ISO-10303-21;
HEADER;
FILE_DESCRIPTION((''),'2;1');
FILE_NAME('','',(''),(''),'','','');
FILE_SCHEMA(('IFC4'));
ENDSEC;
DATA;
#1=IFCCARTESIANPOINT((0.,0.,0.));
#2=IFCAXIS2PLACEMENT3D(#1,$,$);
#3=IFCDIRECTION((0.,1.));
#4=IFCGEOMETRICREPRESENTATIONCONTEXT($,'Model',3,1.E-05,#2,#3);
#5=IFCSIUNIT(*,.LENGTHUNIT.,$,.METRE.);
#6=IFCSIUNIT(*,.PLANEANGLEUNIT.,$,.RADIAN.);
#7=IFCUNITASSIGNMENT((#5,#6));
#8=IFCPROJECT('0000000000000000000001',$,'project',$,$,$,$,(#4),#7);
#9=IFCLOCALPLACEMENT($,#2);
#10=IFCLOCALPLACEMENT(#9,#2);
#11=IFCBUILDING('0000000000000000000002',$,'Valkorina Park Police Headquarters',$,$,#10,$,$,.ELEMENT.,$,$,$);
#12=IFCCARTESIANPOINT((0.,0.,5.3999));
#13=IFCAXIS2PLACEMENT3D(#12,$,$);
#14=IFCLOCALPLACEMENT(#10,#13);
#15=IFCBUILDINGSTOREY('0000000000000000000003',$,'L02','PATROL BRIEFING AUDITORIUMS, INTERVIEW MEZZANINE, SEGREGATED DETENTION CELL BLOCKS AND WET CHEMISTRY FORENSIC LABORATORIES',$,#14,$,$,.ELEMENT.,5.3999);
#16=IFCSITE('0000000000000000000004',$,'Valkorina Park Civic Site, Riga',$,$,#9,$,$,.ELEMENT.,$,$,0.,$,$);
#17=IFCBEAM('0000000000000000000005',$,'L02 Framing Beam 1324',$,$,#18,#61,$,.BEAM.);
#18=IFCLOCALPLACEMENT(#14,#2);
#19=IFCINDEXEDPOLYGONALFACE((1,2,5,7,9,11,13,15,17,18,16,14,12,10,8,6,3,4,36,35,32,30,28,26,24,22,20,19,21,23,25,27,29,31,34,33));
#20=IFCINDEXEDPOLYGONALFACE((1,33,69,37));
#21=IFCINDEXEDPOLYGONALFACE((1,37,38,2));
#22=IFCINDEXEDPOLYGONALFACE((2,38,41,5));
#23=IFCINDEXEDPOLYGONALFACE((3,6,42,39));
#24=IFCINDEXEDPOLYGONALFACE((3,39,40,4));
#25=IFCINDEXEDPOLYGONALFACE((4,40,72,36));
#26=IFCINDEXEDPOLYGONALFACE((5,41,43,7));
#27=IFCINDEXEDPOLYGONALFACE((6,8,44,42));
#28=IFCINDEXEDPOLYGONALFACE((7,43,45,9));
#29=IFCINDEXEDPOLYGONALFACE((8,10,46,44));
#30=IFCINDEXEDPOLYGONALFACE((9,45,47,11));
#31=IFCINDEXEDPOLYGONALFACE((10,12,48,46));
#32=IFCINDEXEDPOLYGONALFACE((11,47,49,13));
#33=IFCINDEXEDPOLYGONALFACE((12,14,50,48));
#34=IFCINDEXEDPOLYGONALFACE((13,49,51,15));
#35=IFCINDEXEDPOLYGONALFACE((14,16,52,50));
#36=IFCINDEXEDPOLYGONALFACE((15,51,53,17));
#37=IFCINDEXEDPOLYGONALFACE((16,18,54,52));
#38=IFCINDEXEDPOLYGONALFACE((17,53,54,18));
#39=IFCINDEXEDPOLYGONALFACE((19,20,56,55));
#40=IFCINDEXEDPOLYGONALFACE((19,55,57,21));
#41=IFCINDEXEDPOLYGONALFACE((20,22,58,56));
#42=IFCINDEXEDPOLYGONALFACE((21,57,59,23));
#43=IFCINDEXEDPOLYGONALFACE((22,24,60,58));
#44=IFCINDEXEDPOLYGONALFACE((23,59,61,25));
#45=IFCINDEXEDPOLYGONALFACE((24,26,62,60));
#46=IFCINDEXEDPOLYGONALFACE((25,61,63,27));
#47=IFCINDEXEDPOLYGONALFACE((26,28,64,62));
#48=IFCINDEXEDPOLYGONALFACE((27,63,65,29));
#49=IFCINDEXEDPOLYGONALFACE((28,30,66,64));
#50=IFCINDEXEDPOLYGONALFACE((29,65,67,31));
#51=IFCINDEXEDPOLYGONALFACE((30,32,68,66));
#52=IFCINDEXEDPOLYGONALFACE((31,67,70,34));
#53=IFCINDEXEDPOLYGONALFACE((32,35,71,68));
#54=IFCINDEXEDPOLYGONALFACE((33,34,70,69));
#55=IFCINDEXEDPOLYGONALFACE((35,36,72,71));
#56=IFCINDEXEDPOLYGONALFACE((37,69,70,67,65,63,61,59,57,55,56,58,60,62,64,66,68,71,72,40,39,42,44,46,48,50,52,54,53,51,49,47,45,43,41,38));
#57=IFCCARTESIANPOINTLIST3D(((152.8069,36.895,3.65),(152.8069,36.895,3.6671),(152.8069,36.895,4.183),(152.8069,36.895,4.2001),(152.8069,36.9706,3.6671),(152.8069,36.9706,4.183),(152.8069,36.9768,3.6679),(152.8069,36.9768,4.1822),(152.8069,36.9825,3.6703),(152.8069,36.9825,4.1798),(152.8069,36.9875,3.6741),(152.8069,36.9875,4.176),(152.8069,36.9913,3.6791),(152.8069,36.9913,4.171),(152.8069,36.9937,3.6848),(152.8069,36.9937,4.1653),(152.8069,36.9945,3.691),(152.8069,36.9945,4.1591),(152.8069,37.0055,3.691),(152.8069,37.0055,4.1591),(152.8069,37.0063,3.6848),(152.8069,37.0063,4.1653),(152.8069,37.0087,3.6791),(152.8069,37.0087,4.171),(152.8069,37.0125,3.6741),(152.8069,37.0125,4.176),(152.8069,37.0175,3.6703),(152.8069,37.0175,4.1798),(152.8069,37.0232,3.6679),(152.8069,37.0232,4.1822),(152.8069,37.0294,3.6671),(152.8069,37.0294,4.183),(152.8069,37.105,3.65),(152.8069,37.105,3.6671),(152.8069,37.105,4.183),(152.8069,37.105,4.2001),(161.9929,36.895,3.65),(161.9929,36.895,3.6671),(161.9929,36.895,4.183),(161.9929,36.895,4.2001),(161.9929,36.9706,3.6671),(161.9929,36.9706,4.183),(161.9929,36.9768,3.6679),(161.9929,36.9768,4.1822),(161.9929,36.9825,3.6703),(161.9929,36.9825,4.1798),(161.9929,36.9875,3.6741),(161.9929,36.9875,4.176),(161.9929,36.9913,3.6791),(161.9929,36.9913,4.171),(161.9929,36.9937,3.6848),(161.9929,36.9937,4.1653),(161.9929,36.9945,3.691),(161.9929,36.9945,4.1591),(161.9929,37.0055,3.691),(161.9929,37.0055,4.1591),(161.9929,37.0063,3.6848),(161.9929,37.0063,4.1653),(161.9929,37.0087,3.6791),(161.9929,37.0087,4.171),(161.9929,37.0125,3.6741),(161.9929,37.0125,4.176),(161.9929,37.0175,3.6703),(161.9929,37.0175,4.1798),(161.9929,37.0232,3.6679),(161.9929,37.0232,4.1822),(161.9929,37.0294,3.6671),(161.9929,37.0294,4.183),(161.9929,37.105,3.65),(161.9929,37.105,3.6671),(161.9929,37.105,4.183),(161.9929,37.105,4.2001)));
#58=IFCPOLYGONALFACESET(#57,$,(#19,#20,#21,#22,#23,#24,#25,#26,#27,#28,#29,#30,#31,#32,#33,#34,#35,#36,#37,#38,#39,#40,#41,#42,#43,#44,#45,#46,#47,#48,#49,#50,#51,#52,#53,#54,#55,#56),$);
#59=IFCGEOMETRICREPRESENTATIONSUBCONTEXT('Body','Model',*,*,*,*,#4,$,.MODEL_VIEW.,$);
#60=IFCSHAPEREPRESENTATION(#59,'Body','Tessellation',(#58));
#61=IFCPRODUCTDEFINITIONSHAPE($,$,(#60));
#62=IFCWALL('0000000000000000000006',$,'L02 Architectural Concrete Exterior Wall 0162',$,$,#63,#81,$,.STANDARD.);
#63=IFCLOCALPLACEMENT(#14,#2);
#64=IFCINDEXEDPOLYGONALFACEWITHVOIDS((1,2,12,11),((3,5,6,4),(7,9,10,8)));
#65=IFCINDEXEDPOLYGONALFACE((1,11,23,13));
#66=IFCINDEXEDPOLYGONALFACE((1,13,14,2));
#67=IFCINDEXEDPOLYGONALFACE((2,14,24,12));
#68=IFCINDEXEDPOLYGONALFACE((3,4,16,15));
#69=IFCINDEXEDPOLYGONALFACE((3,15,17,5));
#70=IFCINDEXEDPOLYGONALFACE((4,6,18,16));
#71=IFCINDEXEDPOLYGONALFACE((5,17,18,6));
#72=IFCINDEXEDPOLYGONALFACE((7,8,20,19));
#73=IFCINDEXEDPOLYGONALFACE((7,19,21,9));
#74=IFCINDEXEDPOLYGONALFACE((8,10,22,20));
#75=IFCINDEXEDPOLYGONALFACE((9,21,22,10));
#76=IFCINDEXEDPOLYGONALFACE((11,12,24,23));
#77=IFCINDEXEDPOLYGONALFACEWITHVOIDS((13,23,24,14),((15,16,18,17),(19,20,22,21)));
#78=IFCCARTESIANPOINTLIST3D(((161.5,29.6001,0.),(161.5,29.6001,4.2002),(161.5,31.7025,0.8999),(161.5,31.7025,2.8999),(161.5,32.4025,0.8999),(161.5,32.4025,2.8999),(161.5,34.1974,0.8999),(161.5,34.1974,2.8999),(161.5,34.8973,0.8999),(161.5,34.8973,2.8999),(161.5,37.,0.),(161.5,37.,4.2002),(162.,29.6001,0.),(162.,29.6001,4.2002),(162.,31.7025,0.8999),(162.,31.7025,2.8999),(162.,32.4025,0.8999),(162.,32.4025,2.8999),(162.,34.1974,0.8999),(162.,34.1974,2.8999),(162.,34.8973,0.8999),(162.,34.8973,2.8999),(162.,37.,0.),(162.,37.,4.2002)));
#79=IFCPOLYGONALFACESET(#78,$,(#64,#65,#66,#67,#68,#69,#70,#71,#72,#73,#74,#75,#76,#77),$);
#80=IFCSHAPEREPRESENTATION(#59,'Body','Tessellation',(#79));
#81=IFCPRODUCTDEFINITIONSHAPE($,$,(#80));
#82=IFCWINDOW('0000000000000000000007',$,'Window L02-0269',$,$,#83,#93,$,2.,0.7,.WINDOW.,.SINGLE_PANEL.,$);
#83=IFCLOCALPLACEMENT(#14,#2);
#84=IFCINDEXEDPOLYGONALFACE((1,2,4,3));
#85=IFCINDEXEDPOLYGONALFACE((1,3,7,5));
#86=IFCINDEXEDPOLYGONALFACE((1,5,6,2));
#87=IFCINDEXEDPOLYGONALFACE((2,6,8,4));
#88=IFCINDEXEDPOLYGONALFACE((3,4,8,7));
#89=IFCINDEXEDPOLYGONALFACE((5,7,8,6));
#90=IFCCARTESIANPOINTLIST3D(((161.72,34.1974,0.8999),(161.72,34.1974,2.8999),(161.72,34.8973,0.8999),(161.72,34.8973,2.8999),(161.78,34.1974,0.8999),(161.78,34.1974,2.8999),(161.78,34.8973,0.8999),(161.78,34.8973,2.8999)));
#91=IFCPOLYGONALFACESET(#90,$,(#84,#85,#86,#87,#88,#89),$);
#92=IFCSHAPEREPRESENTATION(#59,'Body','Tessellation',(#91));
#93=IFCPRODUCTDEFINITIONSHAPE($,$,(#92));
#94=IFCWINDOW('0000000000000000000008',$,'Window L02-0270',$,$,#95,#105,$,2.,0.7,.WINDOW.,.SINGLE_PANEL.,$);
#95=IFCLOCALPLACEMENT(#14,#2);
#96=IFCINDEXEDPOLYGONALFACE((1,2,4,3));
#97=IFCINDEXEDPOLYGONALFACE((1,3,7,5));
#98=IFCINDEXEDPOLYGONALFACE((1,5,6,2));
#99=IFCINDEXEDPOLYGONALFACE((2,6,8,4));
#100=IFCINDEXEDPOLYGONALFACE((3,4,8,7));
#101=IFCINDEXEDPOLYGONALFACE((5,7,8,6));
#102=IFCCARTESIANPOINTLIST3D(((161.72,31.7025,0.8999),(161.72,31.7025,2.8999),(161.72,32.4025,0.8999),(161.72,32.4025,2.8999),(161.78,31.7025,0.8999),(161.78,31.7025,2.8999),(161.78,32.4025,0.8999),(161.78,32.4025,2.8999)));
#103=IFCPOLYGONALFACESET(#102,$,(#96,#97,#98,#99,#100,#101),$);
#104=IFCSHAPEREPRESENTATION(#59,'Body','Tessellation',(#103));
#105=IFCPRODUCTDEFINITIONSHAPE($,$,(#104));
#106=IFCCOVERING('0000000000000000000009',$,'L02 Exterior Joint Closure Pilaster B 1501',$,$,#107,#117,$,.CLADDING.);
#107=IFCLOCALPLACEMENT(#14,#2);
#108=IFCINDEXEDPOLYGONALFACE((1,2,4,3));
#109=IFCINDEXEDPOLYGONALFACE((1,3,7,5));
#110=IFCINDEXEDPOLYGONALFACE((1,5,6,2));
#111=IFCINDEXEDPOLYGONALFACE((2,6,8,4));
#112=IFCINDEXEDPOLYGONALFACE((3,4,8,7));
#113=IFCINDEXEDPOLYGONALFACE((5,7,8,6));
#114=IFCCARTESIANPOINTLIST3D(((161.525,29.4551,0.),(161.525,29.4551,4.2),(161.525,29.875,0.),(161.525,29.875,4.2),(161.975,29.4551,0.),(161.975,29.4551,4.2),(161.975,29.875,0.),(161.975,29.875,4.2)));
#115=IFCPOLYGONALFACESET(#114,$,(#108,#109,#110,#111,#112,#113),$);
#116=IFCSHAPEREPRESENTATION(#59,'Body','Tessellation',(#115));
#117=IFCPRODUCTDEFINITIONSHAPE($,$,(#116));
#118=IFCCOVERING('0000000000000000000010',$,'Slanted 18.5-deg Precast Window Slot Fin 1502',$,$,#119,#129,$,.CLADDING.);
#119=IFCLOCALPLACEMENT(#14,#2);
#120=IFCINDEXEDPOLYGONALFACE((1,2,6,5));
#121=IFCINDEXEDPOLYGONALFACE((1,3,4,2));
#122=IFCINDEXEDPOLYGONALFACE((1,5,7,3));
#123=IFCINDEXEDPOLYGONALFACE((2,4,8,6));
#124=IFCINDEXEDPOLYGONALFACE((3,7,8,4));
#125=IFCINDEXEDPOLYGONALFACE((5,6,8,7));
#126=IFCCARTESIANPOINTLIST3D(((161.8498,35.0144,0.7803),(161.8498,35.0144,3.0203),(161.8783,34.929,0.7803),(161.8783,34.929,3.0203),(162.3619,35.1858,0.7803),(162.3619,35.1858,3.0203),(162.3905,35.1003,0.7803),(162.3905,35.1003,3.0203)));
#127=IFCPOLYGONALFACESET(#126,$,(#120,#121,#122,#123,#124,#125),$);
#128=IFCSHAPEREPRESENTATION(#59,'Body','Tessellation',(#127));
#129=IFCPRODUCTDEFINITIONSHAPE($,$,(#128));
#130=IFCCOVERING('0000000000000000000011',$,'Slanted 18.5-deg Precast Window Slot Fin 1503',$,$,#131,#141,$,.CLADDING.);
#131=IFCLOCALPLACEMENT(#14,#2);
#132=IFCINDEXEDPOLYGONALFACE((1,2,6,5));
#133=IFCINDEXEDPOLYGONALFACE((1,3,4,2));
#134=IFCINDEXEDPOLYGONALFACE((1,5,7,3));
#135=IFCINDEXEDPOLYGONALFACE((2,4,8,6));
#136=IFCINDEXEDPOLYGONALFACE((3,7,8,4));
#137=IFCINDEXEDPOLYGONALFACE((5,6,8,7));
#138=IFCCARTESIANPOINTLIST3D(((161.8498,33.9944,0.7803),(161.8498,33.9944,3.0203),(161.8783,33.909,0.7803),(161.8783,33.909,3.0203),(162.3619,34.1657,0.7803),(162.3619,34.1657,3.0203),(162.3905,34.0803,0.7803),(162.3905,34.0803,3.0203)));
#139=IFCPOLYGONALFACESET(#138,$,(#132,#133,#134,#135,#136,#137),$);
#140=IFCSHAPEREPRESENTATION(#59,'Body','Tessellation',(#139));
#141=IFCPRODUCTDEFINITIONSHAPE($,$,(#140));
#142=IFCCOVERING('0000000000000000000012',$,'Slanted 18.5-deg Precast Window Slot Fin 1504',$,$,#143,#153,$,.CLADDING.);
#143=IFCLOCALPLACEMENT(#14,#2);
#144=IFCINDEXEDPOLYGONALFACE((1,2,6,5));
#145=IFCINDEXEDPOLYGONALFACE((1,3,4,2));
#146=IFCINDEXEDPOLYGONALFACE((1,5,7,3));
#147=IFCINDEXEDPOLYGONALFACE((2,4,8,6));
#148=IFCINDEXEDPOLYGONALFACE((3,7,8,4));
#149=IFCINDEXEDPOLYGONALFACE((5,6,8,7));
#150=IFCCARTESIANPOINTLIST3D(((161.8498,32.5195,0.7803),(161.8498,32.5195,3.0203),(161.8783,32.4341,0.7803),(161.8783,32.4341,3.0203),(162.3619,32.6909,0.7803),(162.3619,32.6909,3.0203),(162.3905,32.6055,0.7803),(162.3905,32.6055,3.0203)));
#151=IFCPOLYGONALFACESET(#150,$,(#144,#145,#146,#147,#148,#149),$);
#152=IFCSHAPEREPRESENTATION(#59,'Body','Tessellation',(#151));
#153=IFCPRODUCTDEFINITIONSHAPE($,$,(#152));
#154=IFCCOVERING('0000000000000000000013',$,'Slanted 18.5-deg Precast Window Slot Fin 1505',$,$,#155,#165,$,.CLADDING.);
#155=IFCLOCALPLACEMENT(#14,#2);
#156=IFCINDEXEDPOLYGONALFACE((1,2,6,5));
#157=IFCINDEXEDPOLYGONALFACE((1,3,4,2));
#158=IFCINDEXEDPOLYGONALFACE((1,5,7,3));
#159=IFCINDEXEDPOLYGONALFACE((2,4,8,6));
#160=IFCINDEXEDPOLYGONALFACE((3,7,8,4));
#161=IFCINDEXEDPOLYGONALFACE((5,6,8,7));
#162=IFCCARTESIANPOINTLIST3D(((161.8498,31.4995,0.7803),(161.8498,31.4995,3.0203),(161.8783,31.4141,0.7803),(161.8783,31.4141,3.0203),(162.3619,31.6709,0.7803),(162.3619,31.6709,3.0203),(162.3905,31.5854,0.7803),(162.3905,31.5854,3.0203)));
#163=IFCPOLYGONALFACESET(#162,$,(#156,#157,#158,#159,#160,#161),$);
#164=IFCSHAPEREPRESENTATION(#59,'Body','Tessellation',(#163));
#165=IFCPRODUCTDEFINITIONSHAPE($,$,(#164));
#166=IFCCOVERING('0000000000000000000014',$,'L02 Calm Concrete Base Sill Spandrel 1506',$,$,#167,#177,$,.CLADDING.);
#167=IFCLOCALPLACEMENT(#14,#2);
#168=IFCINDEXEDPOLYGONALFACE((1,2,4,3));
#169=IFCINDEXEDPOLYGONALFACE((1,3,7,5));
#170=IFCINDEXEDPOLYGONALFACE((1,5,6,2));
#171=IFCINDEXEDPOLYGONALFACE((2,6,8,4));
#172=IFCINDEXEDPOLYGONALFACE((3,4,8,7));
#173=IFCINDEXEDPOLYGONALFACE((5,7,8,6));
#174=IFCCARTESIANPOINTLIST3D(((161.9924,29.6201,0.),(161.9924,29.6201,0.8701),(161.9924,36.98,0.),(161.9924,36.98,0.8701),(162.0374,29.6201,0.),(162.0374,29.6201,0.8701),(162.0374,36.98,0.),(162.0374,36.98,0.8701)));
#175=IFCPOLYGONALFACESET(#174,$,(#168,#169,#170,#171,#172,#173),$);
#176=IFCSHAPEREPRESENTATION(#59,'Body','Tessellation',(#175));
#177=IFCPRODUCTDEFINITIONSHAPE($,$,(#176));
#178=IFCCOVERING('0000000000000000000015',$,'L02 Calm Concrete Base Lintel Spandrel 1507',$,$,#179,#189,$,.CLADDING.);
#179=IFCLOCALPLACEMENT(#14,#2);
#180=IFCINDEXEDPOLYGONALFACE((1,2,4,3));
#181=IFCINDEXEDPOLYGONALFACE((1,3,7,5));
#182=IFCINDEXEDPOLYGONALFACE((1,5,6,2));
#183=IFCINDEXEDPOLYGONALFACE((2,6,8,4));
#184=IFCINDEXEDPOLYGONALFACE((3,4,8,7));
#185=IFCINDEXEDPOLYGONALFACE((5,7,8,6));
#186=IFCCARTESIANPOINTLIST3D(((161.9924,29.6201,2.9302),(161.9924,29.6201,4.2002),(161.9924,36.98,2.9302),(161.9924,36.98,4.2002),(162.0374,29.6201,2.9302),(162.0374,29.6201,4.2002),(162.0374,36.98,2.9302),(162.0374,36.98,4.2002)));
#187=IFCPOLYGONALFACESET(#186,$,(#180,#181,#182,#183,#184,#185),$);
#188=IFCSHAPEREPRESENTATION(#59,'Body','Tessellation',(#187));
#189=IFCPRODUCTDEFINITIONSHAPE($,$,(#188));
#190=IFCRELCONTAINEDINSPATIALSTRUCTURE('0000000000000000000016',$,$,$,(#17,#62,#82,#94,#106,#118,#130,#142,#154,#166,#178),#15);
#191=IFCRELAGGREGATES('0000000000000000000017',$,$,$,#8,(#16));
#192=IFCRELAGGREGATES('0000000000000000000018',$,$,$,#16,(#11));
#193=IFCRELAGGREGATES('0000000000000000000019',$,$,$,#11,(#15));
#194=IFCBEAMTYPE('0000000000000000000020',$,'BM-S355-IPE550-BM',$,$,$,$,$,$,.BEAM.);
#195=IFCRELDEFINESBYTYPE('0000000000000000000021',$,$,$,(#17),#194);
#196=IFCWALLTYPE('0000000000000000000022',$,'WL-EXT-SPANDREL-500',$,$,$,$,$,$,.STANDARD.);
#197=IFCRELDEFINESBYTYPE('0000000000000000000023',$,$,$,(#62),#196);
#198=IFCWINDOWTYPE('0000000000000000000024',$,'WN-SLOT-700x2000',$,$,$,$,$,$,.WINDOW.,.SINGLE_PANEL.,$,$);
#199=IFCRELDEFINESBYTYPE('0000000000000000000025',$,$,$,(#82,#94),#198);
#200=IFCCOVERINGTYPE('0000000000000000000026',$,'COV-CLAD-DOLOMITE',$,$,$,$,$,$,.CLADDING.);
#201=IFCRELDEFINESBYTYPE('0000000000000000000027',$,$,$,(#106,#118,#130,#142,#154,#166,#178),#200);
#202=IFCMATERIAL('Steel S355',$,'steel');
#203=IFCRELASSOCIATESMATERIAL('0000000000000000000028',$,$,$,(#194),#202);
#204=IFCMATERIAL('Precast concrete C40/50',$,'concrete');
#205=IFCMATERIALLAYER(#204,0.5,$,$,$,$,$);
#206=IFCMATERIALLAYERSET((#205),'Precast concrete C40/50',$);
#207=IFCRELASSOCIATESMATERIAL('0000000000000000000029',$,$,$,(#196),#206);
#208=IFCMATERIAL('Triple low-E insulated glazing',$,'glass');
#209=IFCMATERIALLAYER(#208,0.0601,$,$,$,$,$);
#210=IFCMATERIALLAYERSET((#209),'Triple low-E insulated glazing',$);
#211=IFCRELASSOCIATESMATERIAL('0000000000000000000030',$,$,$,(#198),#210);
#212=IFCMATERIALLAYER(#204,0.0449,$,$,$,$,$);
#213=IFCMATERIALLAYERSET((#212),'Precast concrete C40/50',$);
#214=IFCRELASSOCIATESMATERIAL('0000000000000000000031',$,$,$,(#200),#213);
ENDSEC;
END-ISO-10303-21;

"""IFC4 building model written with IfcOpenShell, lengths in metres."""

from ifc_helpers import new_model, si_unit, direction, frame, frame_2d, origin, origin_2d, place, context, subcontext, project, spatial, rectangle, i_section, extrude, material, layer, layer_set, material_profile, profile_set, type_object, element, fill, save


model = new_model("IFC4")

# Units and contexts
model_context = context("Model", 3, precision=1e-05, world=origin(), true_north=direction((0.0, 1.0)))
body_context = subcontext(model_context, "Body", "Model", "MODEL_VIEW")
ifc_project = project(units=[si_unit("LENGTHUNIT", "METRE"), si_unit("PLANEANGLEUNIT", "RADIAN")], contexts=[model_context])

# Site, building, storey
site_placement = place(None, origin())
site = spatial("IfcSite", under=ifc_project, at=site_placement, Name="Valkorina Park Civic Site, Riga", CompositionType="ELEMENT", RefElevation=0.0)
building_placement = place(site_placement, origin())
building = spatial("IfcBuilding", under=site, at=building_placement, Name="Valkorina Park Police Headquarters", CompositionType="ELEMENT")
storey_placement = place(building_placement, frame((0.0, 0.0, 5.3999)))
storey = spatial("IfcBuildingStorey", under=building, at=storey_placement, Name="L02", Description="PATROL BRIEFING AUDITORIUMS, INTERVIEW MEZZANINE, SEGREGATED DETENTION CELL BLOCKS AND WET CHEMISTRY FORENSIC LABORATORIES", CompositionType="ELEMENT", Elevation=5.3999)

# Shared definitions
ifc_material_1 = material(Name="Steel S355", Category="steel")

# Beam
ifc_material_profile_1 = material_profile(ifc_material_1, i_section(OverallWidth=0.21, OverallDepth=0.55, WebThickness=0.011, FlangeThickness=0.0171, FilletRadius=0.0239, at=origin_2d()), Name="IPE 550")
ifc_profile_set_1 = profile_set([ifc_material_profile_1], Name="Steel S355")
beam_type_1 = type_object("IfcBeamType", Name="BM-S355-IPE550-BM", PredefinedType="BEAM", material=ifc_profile_set_1)
beam_1_placement = place(storey_placement, frame((152.8069, 37.0, 3.925), z_axis=(1.0, 0.0, 0.0), x_axis=(0.0, 1.0, 0.0)))
element("IfcBeam", 1, at=beam_1_placement, inside=storey, type_object=beam_type_1, Name="L02 Framing Beam 1324", PredefinedType="BEAM", context=body_context, shape_type="SweptSolid", body=[
    extrude(i_section(OverallWidth=0.21, OverallDepth=0.55, WebThickness=0.011, FlangeThickness=0.0171, FilletRadius=0.0239, at=origin_2d()), origin(), (0.0, 0.0, 1.0), 9.186),
])

# Wall, openings, windows
ifc_material_2 = material(Name="Precast concrete C40/50", Category="concrete")
ifc_layer_1 = layer(ifc_material_2, 0.5)
ifc_layer_set_1 = layer_set([ifc_layer_1], Name="Precast concrete C40/50")
wall_type = type_object("IfcWallType", Name="WL-EXT-SPANDREL-500", PredefinedType="STANDARD", material=ifc_layer_set_1)
wall_placement = place(storey_placement, frame((161.75, 37.0, 0.0), z_axis=(0.0, 0.0, 1.0), x_axis=(0.0, -1.0, 0.0)))
wall = element("IfcWall", 2, at=wall_placement, inside=storey, type_object=wall_type, Name="L02 Architectural Concrete Exterior Wall 0162", PredefinedType="STANDARD", context=body_context, shape_type="SweptSolid", body=[
    extrude(rectangle(XDim=7.3999, YDim=0.5, at=frame_2d((3.7, 0.0))), origin(), (0.0, 0.0, 1.0), 4.2002),
])
opening_1_placement = place(wall_placement, frame((2.1025, 0.0, 0.8999)))
opening_1 = element("IfcOpeningElement", 3, at=opening_1_placement, cuts=wall, PredefinedType="OPENING", context=body_context, shape_type="SweptSolid", body=[
    extrude(rectangle(XDim=0.7, YDim=2.0, at=frame_2d((0.3501, 1.0))), frame((0.0, 0.26, 0.0), z_axis=(0.0, -1.0, 0.0), x_axis=(1.0, 0.0, 0.0)), (0.0, 0.0, 1.0), 0.52),
])
opening_2_placement = place(wall_placement, frame((4.5974, 0.0, 0.8999)))
opening_2 = element("IfcOpeningElement", 4, at=opening_2_placement, cuts=wall, PredefinedType="OPENING", context=body_context, shape_type="SweptSolid", body=[
    extrude(rectangle(XDim=0.7, YDim=2.0, at=frame_2d((0.3501, 1.0))), frame((0.0, 0.26, 0.0), z_axis=(0.0, -1.0, 0.0), x_axis=(1.0, 0.0, 0.0)), (0.0, 0.0, 1.0), 0.52),
])
ifc_material_3 = material(Name="Triple low-E insulated glazing", Category="glass")
ifc_layer_2 = layer(ifc_material_3, 0.0601)
ifc_layer_set_2 = layer_set([ifc_layer_2], Name="Triple low-E insulated glazing")
window_type = type_object("IfcWindowType", Name="WN-SLOT-700x2000", PartitioningType="SINGLE_PANEL", PredefinedType="WINDOW", material=ifc_layer_set_2)
window_1_placement = place(opening_1_placement, origin())
window_1 = element("IfcWindow", 5, at=window_1_placement, inside=storey, type_object=window_type, Name="Window L02-0269", OverallHeight=2.0, OverallWidth=0.7, PartitioningType="SINGLE_PANEL", PredefinedType="WINDOW", context=body_context, shape_type="SweptSolid", body=[
    extrude(rectangle(XDim=0.7, YDim=2.0, at=frame_2d((0.3501, 1.0))), frame((0.0, 0.03, 0.0), z_axis=(0.0, -1.0, 0.0), x_axis=(1.0, 0.0, 0.0)), (0.0, 0.0, 1.0), 0.0601),
])
fill(opening_1, window_1)
window_2_placement = place(opening_2_placement, origin())
window_2 = element("IfcWindow", 6, at=window_2_placement, inside=storey, type_object=window_type, Name="Window L02-0270", OverallHeight=2.0, OverallWidth=0.7, PartitioningType="SINGLE_PANEL", PredefinedType="WINDOW", context=body_context, shape_type="SweptSolid", body=[
    extrude(rectangle(XDim=0.7, YDim=2.0, at=frame_2d((0.3501, 1.0))), frame((0.0, 0.03, 0.0), z_axis=(0.0, -1.0, 0.0), x_axis=(1.0, 0.0, 0.0)), (0.0, 0.0, 1.0), 0.0601),
])
fill(opening_2, window_2)

# Coverings
ifc_layer_3 = layer(ifc_material_2, 0.0449)
ifc_layer_set_3 = layer_set([ifc_layer_3], Name="Precast concrete C40/50")
covering_type = type_object("IfcCoveringType", Name="COV-CLAD-DOLOMITE", PredefinedType="CLADDING", material=ifc_layer_set_3)
covering_1_placement = place(storey_placement, frame((161.75, 29.665, 0.0), z_axis=(0.0, 0.0, 1.0), x_axis=(0.0, 1.0, 0.0)))
element("IfcCovering", 7, at=covering_1_placement, inside=storey, type_object=covering_type, Name="L02 Exterior Joint Closure Pilaster B 1501", PredefinedType="CLADDING", context=body_context, shape_type="SweptSolid", body=[
    extrude(rectangle(XDim=0.4199, YDim=0.45, at=origin_2d()), origin(), (0.0, 0.0, 1.0), 4.2),
])
for number, where, z_axis, x_axis, name in (
    (8, (162.1201, 35.0574, 0.7803), (0.0, 0.0, 1.0), (0.948324, 0.317305, 0.0), "Slanted 18.5-deg Precast Window Slot Fin 1502"),
    (9, (162.1201, 34.0374, 0.7803), (0.0, 0.0, 1.0), (0.948324, 0.317305, 0.0), "Slanted 18.5-deg Precast Window Slot Fin 1503"),
    (10, (162.1201, 32.5625, 0.7803), (0.0, 0.0, 1.0), (0.948324, 0.317305, 0.0), "Slanted 18.5-deg Precast Window Slot Fin 1504"),
    (11, (162.1201, 31.5425, 0.7803), (0.0, 0.0, 1.0), (0.948324, 0.317305, 0.0), "Slanted 18.5-deg Precast Window Slot Fin 1505"),
):
    element("IfcCovering", number, at=place(storey_placement, frame(where, z_axis=z_axis, x_axis=x_axis)), inside=storey, type_object=covering_type, Name=name, PredefinedType="CLADDING", context=body_context, shape_type="SweptSolid", body=[
        extrude(rectangle(XDim=0.54, YDim=0.0901, at=origin_2d()), origin(), (0.0, 0.0, 1.0), 2.24),
    ])
covering_2_placement = place(storey_placement, frame((162.0149, 36.98, 0.0), z_axis=(0.0, 0.0, 1.0), x_axis=(0.0, -1.0, 0.0)))
element("IfcCovering", 12, at=covering_2_placement, inside=storey, type_object=covering_type, Name="L02 Calm Concrete Base Sill Spandrel 1506", PredefinedType="CLADDING", context=body_context, shape_type="SweptSolid", body=[
    extrude(rectangle(XDim=7.3599, YDim=0.0449, at=frame_2d((3.6799, 0.0))), origin(), (0.0, 0.0, 1.0), 0.8701),
])
covering_3_placement = place(storey_placement, frame((162.0149, 36.98, 2.9302), z_axis=(0.0, 0.0, 1.0), x_axis=(0.0, -1.0, 0.0)))
element("IfcCovering", 13, at=covering_3_placement, inside=storey, type_object=covering_type, Name="L02 Calm Concrete Base Lintel Spandrel 1507", PredefinedType="CLADDING", context=body_context, shape_type="SweptSolid", body=[
    extrude(rectangle(XDim=7.3599, YDim=0.0449, at=frame_2d((3.6799, 0.0))), origin(), (0.0, 0.0, 1.0), 1.27),
])

save(model, "model.ifc")
